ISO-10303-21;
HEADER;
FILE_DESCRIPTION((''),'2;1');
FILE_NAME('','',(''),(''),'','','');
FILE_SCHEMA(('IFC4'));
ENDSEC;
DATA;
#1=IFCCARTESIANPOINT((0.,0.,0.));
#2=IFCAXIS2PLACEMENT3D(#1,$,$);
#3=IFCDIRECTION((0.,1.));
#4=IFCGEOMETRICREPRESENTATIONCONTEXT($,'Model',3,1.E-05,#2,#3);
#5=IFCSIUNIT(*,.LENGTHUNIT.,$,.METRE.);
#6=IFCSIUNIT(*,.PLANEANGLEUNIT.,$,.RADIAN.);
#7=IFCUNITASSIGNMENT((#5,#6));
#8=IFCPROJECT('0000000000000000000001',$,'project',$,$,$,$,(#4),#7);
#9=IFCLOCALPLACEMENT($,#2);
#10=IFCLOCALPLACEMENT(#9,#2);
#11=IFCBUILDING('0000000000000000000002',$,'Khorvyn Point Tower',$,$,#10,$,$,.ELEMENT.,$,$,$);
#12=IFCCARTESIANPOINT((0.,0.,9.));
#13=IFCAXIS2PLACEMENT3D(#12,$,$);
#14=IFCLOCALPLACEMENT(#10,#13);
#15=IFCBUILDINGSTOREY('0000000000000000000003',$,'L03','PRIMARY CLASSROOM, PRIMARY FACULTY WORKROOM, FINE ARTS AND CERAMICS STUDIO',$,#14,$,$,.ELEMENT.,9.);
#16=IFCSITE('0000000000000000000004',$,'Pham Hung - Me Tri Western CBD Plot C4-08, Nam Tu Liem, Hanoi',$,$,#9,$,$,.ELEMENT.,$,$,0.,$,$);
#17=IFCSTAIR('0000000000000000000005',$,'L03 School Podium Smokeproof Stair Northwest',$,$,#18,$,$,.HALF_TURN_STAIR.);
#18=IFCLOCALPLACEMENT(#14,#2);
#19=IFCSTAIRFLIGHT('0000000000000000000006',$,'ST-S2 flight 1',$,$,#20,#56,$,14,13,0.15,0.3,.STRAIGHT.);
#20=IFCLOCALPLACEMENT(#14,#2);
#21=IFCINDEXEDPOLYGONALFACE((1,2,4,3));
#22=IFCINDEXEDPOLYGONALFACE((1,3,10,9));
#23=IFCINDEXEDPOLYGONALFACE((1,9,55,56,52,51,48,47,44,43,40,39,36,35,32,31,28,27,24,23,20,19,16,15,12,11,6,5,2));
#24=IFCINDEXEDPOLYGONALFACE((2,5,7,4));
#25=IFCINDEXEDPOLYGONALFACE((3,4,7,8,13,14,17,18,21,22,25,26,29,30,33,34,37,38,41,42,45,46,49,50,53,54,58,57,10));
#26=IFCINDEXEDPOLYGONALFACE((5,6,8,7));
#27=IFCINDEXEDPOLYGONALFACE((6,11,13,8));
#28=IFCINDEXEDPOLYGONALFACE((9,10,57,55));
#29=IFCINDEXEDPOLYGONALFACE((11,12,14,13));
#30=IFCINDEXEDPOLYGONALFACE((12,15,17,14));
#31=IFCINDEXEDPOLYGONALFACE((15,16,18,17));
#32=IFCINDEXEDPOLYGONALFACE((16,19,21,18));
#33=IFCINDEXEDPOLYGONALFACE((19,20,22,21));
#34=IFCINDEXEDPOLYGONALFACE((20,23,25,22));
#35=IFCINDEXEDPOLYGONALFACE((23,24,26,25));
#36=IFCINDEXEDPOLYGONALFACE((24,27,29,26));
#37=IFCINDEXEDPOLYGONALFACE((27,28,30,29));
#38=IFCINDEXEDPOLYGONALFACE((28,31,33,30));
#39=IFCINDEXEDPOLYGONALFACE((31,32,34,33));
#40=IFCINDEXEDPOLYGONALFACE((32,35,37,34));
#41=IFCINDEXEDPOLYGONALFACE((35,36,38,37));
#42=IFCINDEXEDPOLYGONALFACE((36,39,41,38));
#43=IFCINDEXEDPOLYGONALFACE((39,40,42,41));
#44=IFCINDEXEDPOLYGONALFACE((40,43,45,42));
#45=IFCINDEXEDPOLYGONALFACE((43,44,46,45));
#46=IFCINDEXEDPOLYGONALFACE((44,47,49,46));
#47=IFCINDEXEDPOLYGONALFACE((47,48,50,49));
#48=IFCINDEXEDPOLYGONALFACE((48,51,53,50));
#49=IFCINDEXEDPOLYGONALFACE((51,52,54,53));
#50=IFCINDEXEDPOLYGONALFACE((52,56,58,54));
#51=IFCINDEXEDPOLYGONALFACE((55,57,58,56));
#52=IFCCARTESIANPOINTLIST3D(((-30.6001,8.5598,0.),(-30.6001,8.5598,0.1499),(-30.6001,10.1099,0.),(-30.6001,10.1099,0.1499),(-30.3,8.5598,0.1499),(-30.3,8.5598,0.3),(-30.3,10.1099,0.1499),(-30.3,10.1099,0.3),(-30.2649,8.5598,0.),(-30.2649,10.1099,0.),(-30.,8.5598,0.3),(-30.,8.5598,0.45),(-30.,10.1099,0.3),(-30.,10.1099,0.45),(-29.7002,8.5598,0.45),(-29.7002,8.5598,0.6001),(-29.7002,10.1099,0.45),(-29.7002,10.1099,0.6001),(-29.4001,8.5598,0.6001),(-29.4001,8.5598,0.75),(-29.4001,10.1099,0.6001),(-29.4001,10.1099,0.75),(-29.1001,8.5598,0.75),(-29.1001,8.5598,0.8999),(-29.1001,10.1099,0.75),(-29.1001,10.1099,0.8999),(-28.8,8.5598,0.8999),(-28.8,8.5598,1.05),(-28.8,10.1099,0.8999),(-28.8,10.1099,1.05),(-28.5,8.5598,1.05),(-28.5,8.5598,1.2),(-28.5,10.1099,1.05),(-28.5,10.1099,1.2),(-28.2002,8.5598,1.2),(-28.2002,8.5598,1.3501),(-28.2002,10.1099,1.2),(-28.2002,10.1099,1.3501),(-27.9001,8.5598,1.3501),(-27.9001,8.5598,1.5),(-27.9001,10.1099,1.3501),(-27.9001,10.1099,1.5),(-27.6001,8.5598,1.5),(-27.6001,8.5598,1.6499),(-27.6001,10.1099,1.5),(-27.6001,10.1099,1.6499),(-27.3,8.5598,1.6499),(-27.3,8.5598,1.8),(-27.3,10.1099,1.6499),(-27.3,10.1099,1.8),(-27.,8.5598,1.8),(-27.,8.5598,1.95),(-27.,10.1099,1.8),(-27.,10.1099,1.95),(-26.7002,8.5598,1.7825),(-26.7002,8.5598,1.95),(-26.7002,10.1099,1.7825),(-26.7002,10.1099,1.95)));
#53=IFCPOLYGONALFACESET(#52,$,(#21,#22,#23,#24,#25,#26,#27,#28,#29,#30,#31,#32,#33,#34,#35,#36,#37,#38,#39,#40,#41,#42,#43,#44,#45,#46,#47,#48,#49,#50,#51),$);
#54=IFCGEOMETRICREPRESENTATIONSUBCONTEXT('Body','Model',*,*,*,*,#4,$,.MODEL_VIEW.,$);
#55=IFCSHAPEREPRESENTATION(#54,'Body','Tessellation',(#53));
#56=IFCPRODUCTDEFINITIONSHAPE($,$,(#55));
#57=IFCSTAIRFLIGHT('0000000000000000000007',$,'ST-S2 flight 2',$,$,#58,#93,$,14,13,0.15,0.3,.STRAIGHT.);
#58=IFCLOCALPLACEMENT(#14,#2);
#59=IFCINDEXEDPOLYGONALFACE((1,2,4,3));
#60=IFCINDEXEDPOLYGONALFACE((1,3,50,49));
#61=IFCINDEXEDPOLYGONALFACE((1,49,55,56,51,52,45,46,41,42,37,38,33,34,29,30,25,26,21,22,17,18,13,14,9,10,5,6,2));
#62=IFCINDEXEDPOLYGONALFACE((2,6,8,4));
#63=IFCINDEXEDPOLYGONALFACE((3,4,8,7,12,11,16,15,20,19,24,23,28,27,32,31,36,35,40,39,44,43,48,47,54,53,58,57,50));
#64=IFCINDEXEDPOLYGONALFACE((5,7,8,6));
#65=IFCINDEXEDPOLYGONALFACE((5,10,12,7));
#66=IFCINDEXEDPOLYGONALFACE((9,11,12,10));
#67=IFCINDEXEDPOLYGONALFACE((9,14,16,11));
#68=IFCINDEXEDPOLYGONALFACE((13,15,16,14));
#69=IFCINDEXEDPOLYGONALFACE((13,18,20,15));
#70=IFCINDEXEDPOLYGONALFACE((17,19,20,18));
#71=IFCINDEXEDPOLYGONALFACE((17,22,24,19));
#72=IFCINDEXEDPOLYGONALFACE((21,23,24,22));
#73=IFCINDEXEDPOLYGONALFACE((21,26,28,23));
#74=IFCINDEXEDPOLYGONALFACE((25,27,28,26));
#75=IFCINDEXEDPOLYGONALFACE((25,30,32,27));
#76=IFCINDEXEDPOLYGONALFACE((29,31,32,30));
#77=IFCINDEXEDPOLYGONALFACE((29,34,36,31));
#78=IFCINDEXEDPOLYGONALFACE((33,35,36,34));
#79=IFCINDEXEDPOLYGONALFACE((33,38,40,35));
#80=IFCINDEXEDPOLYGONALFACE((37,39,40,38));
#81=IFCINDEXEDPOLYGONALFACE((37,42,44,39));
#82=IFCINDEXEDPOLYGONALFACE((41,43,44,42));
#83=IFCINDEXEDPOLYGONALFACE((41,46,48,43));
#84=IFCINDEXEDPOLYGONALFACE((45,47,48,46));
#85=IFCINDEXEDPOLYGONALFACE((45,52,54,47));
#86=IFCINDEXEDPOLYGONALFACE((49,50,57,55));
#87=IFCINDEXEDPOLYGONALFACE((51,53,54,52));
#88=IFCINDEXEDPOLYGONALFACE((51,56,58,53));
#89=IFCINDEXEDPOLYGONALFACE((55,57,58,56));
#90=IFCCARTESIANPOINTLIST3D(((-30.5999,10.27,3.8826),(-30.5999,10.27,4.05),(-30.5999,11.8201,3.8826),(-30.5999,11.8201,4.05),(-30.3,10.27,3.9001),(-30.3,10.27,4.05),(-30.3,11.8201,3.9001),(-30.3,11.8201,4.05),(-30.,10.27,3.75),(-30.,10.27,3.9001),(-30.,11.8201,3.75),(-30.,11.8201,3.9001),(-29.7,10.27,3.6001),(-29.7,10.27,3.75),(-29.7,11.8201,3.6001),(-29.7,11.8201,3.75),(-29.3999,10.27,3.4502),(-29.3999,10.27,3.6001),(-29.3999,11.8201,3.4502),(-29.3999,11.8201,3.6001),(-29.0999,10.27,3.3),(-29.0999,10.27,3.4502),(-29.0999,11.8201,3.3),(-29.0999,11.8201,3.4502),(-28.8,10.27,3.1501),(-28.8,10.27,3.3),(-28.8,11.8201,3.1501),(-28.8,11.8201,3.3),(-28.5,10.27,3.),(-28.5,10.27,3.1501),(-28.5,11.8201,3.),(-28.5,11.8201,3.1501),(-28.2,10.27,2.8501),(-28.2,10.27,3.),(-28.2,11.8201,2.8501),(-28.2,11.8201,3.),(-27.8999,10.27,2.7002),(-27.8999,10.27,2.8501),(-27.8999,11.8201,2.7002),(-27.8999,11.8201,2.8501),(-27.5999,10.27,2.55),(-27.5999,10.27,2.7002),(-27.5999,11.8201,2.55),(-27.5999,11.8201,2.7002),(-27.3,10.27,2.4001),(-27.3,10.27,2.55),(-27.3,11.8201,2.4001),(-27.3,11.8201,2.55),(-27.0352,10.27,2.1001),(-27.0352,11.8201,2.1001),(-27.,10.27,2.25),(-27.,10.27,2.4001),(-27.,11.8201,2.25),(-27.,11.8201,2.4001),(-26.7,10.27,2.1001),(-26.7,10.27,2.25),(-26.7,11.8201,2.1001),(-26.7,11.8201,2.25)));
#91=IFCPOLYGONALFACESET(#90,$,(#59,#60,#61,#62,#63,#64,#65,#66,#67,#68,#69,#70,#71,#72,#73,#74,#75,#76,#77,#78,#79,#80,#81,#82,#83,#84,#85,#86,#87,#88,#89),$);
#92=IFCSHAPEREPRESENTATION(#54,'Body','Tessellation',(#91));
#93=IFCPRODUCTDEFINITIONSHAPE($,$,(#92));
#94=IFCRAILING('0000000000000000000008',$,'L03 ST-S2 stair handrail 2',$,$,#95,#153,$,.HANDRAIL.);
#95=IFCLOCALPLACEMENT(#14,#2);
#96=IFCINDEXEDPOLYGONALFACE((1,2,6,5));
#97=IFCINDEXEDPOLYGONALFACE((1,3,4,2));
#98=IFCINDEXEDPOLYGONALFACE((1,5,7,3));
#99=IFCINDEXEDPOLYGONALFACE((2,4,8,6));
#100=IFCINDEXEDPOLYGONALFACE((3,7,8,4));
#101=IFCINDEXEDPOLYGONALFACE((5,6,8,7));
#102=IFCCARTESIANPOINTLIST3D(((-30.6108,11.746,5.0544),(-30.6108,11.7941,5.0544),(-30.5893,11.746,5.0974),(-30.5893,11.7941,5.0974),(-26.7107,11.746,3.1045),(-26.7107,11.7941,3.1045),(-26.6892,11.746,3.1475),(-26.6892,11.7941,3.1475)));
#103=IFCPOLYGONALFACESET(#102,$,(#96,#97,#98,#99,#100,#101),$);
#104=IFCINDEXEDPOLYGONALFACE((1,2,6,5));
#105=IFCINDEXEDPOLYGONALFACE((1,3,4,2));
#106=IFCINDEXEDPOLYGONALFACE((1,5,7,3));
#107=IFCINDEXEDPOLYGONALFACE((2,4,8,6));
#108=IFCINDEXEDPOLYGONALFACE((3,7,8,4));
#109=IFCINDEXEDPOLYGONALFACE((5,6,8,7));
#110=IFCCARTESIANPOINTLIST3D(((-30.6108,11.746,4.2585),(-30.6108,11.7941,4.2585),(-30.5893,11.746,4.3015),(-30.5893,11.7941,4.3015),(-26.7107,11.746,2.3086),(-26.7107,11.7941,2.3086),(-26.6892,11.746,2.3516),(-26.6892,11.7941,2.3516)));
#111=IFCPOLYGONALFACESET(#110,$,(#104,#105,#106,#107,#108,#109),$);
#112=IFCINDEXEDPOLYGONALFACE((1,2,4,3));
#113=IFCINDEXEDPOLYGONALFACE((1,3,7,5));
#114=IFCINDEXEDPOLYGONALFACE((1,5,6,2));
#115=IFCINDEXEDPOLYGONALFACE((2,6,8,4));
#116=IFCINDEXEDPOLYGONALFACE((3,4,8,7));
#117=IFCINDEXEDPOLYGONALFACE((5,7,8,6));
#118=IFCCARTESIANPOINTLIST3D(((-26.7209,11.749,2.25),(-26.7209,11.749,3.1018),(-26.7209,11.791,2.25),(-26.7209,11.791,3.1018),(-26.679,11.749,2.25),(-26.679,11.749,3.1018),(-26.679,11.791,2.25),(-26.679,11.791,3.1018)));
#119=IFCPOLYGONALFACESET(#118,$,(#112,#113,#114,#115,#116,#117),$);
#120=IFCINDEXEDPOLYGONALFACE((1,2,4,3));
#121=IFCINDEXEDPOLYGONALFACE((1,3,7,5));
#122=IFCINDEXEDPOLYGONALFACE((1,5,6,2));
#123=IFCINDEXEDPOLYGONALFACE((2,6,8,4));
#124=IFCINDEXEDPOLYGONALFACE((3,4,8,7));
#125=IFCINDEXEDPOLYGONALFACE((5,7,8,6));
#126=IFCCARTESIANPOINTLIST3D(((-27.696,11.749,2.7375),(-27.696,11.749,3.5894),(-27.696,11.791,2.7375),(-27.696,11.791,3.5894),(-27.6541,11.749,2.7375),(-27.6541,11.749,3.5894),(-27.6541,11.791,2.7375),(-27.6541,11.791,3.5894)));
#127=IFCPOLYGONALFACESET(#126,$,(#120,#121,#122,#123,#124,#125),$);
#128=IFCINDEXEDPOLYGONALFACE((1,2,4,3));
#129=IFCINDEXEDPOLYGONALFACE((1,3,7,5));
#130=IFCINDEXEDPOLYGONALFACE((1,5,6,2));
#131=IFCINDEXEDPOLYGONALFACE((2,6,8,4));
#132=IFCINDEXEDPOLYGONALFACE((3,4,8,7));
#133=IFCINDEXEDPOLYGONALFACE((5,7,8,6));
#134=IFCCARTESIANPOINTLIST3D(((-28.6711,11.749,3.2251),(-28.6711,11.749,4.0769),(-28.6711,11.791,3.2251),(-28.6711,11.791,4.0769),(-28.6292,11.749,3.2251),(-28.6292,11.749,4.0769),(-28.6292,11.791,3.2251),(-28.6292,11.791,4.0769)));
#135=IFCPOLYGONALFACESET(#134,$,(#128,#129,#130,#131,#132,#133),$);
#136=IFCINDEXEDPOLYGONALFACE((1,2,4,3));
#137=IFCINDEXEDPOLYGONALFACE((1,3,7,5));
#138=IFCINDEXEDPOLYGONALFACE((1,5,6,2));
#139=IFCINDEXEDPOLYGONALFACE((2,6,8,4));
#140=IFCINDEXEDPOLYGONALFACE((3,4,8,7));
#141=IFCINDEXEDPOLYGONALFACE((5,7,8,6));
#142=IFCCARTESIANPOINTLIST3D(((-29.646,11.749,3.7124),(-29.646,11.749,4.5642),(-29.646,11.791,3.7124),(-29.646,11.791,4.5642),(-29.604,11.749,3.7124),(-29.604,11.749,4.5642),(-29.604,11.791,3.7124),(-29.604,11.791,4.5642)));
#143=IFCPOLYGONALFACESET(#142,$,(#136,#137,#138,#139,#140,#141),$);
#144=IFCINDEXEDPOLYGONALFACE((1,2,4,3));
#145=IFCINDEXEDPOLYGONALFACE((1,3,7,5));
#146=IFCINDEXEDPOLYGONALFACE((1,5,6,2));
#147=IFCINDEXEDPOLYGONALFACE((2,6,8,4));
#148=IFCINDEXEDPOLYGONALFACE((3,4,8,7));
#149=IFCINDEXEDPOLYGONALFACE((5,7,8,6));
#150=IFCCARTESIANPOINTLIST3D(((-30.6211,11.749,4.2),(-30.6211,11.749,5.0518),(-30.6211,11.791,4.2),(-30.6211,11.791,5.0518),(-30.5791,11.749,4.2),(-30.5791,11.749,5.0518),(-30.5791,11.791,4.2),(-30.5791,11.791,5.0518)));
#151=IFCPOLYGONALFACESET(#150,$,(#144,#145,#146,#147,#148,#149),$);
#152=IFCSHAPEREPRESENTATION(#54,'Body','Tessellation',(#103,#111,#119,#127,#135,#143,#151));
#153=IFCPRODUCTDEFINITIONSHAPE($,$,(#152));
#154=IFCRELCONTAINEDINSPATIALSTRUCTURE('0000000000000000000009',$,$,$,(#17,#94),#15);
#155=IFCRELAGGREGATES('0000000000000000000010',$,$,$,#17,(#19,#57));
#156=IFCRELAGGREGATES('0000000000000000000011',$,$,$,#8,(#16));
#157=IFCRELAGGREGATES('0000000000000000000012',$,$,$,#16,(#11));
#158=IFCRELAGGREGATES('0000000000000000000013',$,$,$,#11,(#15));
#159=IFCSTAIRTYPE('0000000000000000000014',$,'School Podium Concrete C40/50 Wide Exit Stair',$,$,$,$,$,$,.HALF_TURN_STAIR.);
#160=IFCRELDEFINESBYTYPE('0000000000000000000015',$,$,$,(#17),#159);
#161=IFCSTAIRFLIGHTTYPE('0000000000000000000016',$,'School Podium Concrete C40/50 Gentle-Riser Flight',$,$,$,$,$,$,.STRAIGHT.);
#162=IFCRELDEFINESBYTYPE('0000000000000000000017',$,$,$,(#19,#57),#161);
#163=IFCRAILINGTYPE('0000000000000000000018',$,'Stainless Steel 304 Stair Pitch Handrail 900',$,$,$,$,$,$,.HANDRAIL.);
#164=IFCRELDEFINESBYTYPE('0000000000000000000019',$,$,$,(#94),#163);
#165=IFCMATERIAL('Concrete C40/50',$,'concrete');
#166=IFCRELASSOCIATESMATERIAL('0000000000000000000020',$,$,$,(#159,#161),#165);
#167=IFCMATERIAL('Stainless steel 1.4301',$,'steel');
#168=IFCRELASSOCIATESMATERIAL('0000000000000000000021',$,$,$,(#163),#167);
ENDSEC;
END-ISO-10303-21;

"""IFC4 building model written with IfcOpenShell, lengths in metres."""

from ifc_helpers import new_model, si_unit, direction, frame, origin, origin_2d, place, context, subcontext, project, spatial, polyline, rectangle, outline, extrude, material, type_object, element, aggregate, save


model = new_model("IFC4")

# Units and contexts
model_context = context("Model", 3, precision=1e-05, world=origin(), true_north=direction((0.0, 1.0)))
body_context = subcontext(model_context, "Body", "Model", "MODEL_VIEW")
ifc_project = project(units=[si_unit("LENGTHUNIT", "METRE"), si_unit("PLANEANGLEUNIT", "RADIAN")], contexts=[model_context])

# Site, building, storey
site_placement = place(None, origin())
site = spatial("IfcSite", under=ifc_project, at=site_placement, Name="Pham Hung - Me Tri Western CBD Plot C4-08, Nam Tu Liem, Hanoi", CompositionType="ELEMENT", RefElevation=0.0)
building_placement = place(site_placement, origin())
building = spatial("IfcBuilding", under=site, at=building_placement, Name="Khorvyn Point Tower", CompositionType="ELEMENT")
storey_placement = place(building_placement, frame((0.0, 0.0, 9.0)))
storey = spatial("IfcBuildingStorey", under=building, at=storey_placement, Name="L03", Description="PRIMARY CLASSROOM, PRIMARY FACULTY WORKROOM, FINE ARTS AND CERAMICS STUDIO", CompositionType="ELEMENT", Elevation=9.0)

# Shared definitions
ifc_material_1 = material(Name="Concrete C40/50", Category="concrete")

# Stair, stair flights
stair_type = type_object("IfcStairType", Name="School Podium Concrete C40/50 Wide Exit Stair", PredefinedType="HALF_TURN_STAIR", material=ifc_material_1)
stair_placement = place(storey_placement, origin())
stair = element("IfcStair", 1, at=stair_placement, inside=storey, type_object=stair_type, Name="L03 School Podium Smokeproof Stair Northwest", PredefinedType="HALF_TURN_STAIR")
stair_flight_type = type_object("IfcStairFlightType", Name="School Podium Concrete C40/50 Gentle-Riser Flight", PredefinedType="STRAIGHT", material=ifc_material_1)
stair_flight_1_placement = place(storey_placement, frame((-30.6001, 9.335, 0.0), z_axis=(0.0, 0.0, 1.0), x_axis=(1.0, 0.0, 0.0)))
stair_flight_1 = element("IfcStairFlight", 2, at=stair_flight_1_placement, type_object=stair_flight_type, Name="ST-S2 flight 1", NumberOfRisers=14, NumberOfTreads=13, PredefinedType="STRAIGHT", RiserHeight=0.15, TreadLength=0.3, context=body_context, shape_type="SweptSolid", body=[
    extrude(outline(polyline([(0.0, 0.0), (0.0, 0.1499), (0.3, 0.1499), (0.3, 0.3), (0.6001, 0.3), (0.6001, 0.45), (0.8999, 0.45), (0.8999, 0.6001), (1.2, 0.6001), (1.2, 0.75), (1.5, 0.75), (1.5, 0.8999), (1.8, 0.8999), (1.8, 1.05), (2.1001, 1.05), (2.1001, 1.2), (2.3999, 1.2), (2.3999, 1.3501), (2.7, 1.3501), (2.7, 1.5), (3.0, 1.5), (3.0, 1.6499), (3.3, 1.6499), (3.3, 1.8), (3.6001, 1.8), (3.6001, 1.95), (3.8999, 1.95), (3.8999, 2.1001), (3.8999, 1.7825), (0.3352, 0.0), (0.0, 0.0)])), frame((0.0, 0.7749, 0.0), z_axis=(0.0, -1.0, 0.0), x_axis=(1.0, 0.0, 0.0)), (0.0, 0.0, 1.0), 1.55),
])
stair_flight_2_placement = place(storey_placement, frame((-26.7, 11.0449, 2.1001), z_axis=(0.0, 0.0, 1.0), x_axis=(-1.0, 0.0, 0.0)))
stair_flight_2 = element("IfcStairFlight", 3, at=stair_flight_2_placement, type_object=stair_flight_type, Name="ST-S2 flight 2", NumberOfRisers=14, NumberOfTreads=13, PredefinedType="STRAIGHT", RiserHeight=0.15, TreadLength=0.3, context=body_context, shape_type="SweptSolid", body=[
    extrude(outline(polyline([(0.0, 0.0), (0.0, 0.1499), (0.3, 0.1499), (0.3, 0.3), (0.6001, 0.3), (0.6001, 0.45), (0.8999, 0.45), (0.8999, 0.6001), (1.2, 0.6001), (1.2, 0.75), (1.5, 0.75), (1.5, 0.8999), (1.8, 0.8999), (1.8, 1.05), (2.1001, 1.05), (2.1001, 1.2), (2.3999, 1.2), (2.3999, 1.3501), (2.7, 1.3501), (2.7, 1.5), (3.0, 1.5), (3.0, 1.6499), (3.3, 1.6499), (3.3, 1.8), (3.6001, 1.8), (3.6001, 1.95), (3.8999, 1.95), (3.8999, 2.1001), (3.8999, 1.7825), (0.3352, 0.0), (0.0, 0.0)])), frame((0.0, 0.7749, 0.0), z_axis=(0.0, -1.0, 0.0), x_axis=(1.0, 0.0, 0.0)), (0.0, 0.0, 1.0), 1.55),
])
aggregate(stair, [stair_flight_1, stair_flight_2])

# Railing
ifc_material_2 = material(Name="Stainless steel 1.4301", Category="steel")
railing_type_1 = type_object("IfcRailingType", Name="Stainless Steel 304 Stair Pitch Handrail 900", PredefinedType="HANDRAIL", material=ifc_material_2)
railing_1_placement = place(storey_placement, frame((-26.7, 11.77, 2.25)))
element("IfcRailing", 4, at=railing_1_placement, inside=storey, type_object=railing_type_1, Name="L03 ST-S2 stair handrail 2", PredefinedType="HANDRAIL", context=body_context, shape_type="SweptSolid", body=[
    extrude(rectangle(XDim=0.0481, YDim=0.0481, at=origin_2d()), frame((0.0, 0.0, 0.876), z_axis=(-0.894438, 0.0, 0.447191), x_axis=(0.0, -1.0, 0.0)), (0.0, 0.0, 1.0), 4.3604),
    extrude(rectangle(XDim=0.0481, YDim=0.0481, at=origin_2d()), frame((0.0, 0.0, 0.0801), z_axis=(-0.894438, 0.0, 0.447191), x_axis=(0.0, -1.0, 0.0)), (0.0, 0.0, 1.0), 4.3604),
    extrude(rectangle(XDim=0.042, YDim=0.042, at=origin_2d()), origin(), (0.0, 0.0, 1.0), 0.8518),
    extrude(rectangle(XDim=0.042, YDim=0.042, at=origin_2d()), frame((-0.9751, 0.0, 0.4875)), (0.0, 0.0, 1.0), 0.8518),
    extrude(rectangle(XDim=0.042, YDim=0.042, at=origin_2d()), frame((-1.9502, 0.0, 0.9751)), (0.0, 0.0, 1.0), 0.8518),
    extrude(rectangle(XDim=0.042, YDim=0.042, at=origin_2d()), frame((-2.925, 0.0, 1.4624)), (0.0, 0.0, 1.0), 0.8518),
    extrude(rectangle(XDim=0.042, YDim=0.042, at=origin_2d()), frame((-3.9001, 0.0, 1.95)), (0.0, 0.0, 1.0), 0.8518),
])

save(model, "model.ifc")
